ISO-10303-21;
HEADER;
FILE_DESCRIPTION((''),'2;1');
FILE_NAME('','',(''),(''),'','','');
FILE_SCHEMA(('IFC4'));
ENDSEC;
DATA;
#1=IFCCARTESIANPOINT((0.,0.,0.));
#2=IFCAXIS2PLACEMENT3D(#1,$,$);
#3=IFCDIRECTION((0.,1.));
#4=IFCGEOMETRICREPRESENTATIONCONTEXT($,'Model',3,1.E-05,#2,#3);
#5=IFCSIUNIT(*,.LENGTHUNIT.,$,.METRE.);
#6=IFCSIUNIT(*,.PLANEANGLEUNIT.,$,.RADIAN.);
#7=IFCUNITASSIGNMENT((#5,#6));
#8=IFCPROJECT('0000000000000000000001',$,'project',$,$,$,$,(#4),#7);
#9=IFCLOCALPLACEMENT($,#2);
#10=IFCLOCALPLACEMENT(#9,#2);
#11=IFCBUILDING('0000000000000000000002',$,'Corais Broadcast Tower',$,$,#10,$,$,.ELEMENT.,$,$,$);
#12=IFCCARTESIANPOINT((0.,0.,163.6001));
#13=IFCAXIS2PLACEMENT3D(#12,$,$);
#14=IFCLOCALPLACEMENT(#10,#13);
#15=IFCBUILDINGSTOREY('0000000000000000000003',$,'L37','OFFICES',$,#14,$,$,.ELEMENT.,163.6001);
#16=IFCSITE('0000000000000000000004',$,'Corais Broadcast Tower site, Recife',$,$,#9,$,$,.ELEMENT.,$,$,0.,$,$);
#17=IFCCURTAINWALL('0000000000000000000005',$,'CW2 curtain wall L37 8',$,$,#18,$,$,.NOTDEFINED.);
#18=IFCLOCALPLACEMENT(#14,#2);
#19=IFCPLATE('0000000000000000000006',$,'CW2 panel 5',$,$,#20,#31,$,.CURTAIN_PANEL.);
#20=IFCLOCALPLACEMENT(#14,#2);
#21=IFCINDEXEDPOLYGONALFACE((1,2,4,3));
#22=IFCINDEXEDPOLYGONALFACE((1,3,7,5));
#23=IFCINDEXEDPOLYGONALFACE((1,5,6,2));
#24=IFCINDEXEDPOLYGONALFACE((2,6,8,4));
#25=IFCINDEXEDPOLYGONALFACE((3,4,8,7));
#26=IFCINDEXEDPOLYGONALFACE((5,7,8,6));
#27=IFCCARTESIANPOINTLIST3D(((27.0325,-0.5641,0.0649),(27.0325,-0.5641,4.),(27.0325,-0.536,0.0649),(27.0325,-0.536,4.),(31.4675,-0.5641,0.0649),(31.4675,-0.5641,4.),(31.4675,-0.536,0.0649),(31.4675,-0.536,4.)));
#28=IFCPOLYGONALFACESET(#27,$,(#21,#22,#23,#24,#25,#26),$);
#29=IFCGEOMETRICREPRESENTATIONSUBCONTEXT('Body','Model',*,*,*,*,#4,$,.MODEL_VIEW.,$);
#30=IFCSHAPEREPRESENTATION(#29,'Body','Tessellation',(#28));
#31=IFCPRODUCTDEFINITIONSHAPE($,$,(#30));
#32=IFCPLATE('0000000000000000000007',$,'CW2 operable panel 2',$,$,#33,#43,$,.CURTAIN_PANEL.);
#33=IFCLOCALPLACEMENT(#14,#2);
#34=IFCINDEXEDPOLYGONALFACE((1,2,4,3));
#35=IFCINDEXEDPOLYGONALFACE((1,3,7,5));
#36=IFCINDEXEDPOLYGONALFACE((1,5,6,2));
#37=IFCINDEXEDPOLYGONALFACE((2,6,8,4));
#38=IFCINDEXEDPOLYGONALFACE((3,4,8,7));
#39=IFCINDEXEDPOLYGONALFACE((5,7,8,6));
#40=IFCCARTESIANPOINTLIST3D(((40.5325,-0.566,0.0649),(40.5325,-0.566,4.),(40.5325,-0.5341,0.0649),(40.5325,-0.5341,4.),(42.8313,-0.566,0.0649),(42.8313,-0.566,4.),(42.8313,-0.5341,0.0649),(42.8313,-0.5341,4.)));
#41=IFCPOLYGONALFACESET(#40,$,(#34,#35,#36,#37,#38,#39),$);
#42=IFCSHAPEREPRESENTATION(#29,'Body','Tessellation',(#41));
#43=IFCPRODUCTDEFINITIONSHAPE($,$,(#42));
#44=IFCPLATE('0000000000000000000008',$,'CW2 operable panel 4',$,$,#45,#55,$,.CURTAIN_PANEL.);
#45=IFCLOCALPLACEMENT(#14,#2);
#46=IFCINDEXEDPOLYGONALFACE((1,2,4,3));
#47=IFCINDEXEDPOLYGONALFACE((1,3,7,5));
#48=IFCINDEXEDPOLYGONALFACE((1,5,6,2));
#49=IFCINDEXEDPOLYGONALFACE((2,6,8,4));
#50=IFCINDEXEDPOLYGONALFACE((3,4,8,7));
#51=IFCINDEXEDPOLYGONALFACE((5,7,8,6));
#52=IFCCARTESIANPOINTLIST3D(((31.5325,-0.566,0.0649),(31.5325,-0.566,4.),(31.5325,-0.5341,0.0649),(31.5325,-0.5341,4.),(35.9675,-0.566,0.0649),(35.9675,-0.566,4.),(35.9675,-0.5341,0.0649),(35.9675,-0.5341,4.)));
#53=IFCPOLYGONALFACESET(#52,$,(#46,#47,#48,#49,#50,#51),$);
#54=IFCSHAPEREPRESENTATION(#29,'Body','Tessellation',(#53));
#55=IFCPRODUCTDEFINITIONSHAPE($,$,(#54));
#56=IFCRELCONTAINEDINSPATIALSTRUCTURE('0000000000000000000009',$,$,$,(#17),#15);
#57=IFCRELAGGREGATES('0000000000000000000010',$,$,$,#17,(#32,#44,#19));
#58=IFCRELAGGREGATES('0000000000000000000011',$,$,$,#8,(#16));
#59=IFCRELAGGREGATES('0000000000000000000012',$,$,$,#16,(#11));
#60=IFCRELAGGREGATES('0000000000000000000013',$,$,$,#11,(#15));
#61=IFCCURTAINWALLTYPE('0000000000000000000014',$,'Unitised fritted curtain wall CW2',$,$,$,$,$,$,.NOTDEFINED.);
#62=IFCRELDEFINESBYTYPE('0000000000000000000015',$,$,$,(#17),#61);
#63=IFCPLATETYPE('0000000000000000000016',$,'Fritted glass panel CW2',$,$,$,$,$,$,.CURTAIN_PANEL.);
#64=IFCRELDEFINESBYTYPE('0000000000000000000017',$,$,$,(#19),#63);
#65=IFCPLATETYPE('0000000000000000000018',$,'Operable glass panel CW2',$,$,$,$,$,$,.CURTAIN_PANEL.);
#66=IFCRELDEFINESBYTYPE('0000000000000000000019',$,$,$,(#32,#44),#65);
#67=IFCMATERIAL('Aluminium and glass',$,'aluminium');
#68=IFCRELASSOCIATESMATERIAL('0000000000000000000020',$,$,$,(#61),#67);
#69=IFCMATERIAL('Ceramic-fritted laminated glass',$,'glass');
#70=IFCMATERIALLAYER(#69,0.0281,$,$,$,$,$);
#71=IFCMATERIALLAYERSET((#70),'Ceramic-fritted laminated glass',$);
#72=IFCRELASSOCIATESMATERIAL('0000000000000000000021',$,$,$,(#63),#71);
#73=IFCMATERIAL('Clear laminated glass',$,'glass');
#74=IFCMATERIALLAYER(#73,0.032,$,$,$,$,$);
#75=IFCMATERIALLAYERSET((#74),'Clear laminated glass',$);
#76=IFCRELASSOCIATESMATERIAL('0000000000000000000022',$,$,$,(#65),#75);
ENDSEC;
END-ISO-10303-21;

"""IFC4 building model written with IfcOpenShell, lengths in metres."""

from ifc_helpers import new_model, si_unit, direction, frame, origin, origin_2d, place, context, subcontext, project, spatial, rectangle, extrude, material, layer, layer_set, type_object, element, aggregate, save


model = new_model("IFC4")

# Units and contexts
model_context = context("Model", 3, precision=1e-05, world=origin(), true_north=direction((0.0, 1.0)))
body_context = subcontext(model_context, "Body", "Model", "MODEL_VIEW")
ifc_project = project(units=[si_unit("LENGTHUNIT", "METRE"), si_unit("PLANEANGLEUNIT", "RADIAN")], contexts=[model_context])

# Site, building, storey
site_placement = place(None, origin())
site = spatial("IfcSite", under=ifc_project, at=site_placement, Name="Corais Broadcast Tower site, Recife", CompositionType="ELEMENT", RefElevation=0.0)
building_placement = place(site_placement, origin())
building = spatial("IfcBuilding", under=site, at=building_placement, Name="Corais Broadcast Tower", CompositionType="ELEMENT")
storey_placement = place(building_placement, frame((0.0, 0.0, 163.6001)))
storey = spatial("IfcBuildingStorey", under=building, at=storey_placement, Name="L37", Description="OFFICES", CompositionType="ELEMENT", Elevation=163.6001)

# Curtain wall
ifc_material_1 = material(Name="Aluminium and glass", Category="aluminium")
curtain_wall_type = type_object("IfcCurtainWallType", Name="Unitised fritted curtain wall CW2", PredefinedType="NOTDEFINED", material=ifc_material_1)
curtain_wall_placement = place(storey_placement, origin())
curtain_wall = element("IfcCurtainWall", 1, at=curtain_wall_placement, inside=storey, type_object=curtain_wall_type, Name="CW2 curtain wall L37 8", PredefinedType="NOTDEFINED")

# Plates
ifc_material_2 = material(Name="Ceramic-fritted laminated glass", Category="glass")
ifc_layer_1 = layer(ifc_material_2, 0.0281)
ifc_layer_set_1 = layer_set([ifc_layer_1], Name="Ceramic-fritted laminated glass")
plate_type_1 = type_object("IfcPlateType", Name="Fritted glass panel CW2", PredefinedType="CURTAIN_PANEL", material=ifc_layer_set_1)
plate_1_placement = place(storey_placement, frame((29.25, -0.55, 0.0649), z_axis=(0.0, 0.0, 1.0), x_axis=(-1.0, 0.0, 0.0)))
plate_1 = element("IfcPlate", 2, at=plate_1_placement, type_object=plate_type_1, Name="CW2 panel 5", PredefinedType="CURTAIN_PANEL", context=body_context, shape_type="SweptSolid", body=[
    extrude(rectangle(XDim=4.4351, YDim=0.0281, at=origin_2d()), origin(), (0.0, 0.0, 1.0), 3.9351),
])
ifc_material_3 = material(Name="Clear laminated glass", Category="glass")
ifc_layer_2 = layer(ifc_material_3, 0.032)
ifc_layer_set_2 = layer_set([ifc_layer_2], Name="Clear laminated glass")
plate_type_2 = type_object("IfcPlateType", Name="Operable glass panel CW2", PredefinedType="CURTAIN_PANEL", material=ifc_layer_set_2)
plate_2_placement = place(storey_placement, frame((41.6819, -0.55, 0.0649), z_axis=(0.0, 0.0, 1.0), x_axis=(-1.0, 0.0, 0.0)))
plate_2 = element("IfcPlate", 3, at=plate_2_placement, type_object=plate_type_2, Name="CW2 operable panel 2", PredefinedType="CURTAIN_PANEL", context=body_context, shape_type="SweptSolid", body=[
    extrude(rectangle(XDim=2.2988, YDim=0.032, at=origin_2d()), origin(), (0.0, 0.0, 1.0), 3.9351),
])
plate_3_placement = place(storey_placement, frame((33.75, -0.55, 0.0649), z_axis=(0.0, 0.0, 1.0), x_axis=(-1.0, 0.0, 0.0)))
plate_3 = element("IfcPlate", 4, at=plate_3_placement, type_object=plate_type_2, Name="CW2 operable panel 4", PredefinedType="CURTAIN_PANEL", context=body_context, shape_type="SweptSolid", body=[
    extrude(rectangle(XDim=4.4351, YDim=0.032, at=origin_2d()), origin(), (0.0, 0.0, 1.0), 3.9351),
])
aggregate(curtain_wall, [plate_2, plate_3, plate_1])

save(model, "model.ifc")
